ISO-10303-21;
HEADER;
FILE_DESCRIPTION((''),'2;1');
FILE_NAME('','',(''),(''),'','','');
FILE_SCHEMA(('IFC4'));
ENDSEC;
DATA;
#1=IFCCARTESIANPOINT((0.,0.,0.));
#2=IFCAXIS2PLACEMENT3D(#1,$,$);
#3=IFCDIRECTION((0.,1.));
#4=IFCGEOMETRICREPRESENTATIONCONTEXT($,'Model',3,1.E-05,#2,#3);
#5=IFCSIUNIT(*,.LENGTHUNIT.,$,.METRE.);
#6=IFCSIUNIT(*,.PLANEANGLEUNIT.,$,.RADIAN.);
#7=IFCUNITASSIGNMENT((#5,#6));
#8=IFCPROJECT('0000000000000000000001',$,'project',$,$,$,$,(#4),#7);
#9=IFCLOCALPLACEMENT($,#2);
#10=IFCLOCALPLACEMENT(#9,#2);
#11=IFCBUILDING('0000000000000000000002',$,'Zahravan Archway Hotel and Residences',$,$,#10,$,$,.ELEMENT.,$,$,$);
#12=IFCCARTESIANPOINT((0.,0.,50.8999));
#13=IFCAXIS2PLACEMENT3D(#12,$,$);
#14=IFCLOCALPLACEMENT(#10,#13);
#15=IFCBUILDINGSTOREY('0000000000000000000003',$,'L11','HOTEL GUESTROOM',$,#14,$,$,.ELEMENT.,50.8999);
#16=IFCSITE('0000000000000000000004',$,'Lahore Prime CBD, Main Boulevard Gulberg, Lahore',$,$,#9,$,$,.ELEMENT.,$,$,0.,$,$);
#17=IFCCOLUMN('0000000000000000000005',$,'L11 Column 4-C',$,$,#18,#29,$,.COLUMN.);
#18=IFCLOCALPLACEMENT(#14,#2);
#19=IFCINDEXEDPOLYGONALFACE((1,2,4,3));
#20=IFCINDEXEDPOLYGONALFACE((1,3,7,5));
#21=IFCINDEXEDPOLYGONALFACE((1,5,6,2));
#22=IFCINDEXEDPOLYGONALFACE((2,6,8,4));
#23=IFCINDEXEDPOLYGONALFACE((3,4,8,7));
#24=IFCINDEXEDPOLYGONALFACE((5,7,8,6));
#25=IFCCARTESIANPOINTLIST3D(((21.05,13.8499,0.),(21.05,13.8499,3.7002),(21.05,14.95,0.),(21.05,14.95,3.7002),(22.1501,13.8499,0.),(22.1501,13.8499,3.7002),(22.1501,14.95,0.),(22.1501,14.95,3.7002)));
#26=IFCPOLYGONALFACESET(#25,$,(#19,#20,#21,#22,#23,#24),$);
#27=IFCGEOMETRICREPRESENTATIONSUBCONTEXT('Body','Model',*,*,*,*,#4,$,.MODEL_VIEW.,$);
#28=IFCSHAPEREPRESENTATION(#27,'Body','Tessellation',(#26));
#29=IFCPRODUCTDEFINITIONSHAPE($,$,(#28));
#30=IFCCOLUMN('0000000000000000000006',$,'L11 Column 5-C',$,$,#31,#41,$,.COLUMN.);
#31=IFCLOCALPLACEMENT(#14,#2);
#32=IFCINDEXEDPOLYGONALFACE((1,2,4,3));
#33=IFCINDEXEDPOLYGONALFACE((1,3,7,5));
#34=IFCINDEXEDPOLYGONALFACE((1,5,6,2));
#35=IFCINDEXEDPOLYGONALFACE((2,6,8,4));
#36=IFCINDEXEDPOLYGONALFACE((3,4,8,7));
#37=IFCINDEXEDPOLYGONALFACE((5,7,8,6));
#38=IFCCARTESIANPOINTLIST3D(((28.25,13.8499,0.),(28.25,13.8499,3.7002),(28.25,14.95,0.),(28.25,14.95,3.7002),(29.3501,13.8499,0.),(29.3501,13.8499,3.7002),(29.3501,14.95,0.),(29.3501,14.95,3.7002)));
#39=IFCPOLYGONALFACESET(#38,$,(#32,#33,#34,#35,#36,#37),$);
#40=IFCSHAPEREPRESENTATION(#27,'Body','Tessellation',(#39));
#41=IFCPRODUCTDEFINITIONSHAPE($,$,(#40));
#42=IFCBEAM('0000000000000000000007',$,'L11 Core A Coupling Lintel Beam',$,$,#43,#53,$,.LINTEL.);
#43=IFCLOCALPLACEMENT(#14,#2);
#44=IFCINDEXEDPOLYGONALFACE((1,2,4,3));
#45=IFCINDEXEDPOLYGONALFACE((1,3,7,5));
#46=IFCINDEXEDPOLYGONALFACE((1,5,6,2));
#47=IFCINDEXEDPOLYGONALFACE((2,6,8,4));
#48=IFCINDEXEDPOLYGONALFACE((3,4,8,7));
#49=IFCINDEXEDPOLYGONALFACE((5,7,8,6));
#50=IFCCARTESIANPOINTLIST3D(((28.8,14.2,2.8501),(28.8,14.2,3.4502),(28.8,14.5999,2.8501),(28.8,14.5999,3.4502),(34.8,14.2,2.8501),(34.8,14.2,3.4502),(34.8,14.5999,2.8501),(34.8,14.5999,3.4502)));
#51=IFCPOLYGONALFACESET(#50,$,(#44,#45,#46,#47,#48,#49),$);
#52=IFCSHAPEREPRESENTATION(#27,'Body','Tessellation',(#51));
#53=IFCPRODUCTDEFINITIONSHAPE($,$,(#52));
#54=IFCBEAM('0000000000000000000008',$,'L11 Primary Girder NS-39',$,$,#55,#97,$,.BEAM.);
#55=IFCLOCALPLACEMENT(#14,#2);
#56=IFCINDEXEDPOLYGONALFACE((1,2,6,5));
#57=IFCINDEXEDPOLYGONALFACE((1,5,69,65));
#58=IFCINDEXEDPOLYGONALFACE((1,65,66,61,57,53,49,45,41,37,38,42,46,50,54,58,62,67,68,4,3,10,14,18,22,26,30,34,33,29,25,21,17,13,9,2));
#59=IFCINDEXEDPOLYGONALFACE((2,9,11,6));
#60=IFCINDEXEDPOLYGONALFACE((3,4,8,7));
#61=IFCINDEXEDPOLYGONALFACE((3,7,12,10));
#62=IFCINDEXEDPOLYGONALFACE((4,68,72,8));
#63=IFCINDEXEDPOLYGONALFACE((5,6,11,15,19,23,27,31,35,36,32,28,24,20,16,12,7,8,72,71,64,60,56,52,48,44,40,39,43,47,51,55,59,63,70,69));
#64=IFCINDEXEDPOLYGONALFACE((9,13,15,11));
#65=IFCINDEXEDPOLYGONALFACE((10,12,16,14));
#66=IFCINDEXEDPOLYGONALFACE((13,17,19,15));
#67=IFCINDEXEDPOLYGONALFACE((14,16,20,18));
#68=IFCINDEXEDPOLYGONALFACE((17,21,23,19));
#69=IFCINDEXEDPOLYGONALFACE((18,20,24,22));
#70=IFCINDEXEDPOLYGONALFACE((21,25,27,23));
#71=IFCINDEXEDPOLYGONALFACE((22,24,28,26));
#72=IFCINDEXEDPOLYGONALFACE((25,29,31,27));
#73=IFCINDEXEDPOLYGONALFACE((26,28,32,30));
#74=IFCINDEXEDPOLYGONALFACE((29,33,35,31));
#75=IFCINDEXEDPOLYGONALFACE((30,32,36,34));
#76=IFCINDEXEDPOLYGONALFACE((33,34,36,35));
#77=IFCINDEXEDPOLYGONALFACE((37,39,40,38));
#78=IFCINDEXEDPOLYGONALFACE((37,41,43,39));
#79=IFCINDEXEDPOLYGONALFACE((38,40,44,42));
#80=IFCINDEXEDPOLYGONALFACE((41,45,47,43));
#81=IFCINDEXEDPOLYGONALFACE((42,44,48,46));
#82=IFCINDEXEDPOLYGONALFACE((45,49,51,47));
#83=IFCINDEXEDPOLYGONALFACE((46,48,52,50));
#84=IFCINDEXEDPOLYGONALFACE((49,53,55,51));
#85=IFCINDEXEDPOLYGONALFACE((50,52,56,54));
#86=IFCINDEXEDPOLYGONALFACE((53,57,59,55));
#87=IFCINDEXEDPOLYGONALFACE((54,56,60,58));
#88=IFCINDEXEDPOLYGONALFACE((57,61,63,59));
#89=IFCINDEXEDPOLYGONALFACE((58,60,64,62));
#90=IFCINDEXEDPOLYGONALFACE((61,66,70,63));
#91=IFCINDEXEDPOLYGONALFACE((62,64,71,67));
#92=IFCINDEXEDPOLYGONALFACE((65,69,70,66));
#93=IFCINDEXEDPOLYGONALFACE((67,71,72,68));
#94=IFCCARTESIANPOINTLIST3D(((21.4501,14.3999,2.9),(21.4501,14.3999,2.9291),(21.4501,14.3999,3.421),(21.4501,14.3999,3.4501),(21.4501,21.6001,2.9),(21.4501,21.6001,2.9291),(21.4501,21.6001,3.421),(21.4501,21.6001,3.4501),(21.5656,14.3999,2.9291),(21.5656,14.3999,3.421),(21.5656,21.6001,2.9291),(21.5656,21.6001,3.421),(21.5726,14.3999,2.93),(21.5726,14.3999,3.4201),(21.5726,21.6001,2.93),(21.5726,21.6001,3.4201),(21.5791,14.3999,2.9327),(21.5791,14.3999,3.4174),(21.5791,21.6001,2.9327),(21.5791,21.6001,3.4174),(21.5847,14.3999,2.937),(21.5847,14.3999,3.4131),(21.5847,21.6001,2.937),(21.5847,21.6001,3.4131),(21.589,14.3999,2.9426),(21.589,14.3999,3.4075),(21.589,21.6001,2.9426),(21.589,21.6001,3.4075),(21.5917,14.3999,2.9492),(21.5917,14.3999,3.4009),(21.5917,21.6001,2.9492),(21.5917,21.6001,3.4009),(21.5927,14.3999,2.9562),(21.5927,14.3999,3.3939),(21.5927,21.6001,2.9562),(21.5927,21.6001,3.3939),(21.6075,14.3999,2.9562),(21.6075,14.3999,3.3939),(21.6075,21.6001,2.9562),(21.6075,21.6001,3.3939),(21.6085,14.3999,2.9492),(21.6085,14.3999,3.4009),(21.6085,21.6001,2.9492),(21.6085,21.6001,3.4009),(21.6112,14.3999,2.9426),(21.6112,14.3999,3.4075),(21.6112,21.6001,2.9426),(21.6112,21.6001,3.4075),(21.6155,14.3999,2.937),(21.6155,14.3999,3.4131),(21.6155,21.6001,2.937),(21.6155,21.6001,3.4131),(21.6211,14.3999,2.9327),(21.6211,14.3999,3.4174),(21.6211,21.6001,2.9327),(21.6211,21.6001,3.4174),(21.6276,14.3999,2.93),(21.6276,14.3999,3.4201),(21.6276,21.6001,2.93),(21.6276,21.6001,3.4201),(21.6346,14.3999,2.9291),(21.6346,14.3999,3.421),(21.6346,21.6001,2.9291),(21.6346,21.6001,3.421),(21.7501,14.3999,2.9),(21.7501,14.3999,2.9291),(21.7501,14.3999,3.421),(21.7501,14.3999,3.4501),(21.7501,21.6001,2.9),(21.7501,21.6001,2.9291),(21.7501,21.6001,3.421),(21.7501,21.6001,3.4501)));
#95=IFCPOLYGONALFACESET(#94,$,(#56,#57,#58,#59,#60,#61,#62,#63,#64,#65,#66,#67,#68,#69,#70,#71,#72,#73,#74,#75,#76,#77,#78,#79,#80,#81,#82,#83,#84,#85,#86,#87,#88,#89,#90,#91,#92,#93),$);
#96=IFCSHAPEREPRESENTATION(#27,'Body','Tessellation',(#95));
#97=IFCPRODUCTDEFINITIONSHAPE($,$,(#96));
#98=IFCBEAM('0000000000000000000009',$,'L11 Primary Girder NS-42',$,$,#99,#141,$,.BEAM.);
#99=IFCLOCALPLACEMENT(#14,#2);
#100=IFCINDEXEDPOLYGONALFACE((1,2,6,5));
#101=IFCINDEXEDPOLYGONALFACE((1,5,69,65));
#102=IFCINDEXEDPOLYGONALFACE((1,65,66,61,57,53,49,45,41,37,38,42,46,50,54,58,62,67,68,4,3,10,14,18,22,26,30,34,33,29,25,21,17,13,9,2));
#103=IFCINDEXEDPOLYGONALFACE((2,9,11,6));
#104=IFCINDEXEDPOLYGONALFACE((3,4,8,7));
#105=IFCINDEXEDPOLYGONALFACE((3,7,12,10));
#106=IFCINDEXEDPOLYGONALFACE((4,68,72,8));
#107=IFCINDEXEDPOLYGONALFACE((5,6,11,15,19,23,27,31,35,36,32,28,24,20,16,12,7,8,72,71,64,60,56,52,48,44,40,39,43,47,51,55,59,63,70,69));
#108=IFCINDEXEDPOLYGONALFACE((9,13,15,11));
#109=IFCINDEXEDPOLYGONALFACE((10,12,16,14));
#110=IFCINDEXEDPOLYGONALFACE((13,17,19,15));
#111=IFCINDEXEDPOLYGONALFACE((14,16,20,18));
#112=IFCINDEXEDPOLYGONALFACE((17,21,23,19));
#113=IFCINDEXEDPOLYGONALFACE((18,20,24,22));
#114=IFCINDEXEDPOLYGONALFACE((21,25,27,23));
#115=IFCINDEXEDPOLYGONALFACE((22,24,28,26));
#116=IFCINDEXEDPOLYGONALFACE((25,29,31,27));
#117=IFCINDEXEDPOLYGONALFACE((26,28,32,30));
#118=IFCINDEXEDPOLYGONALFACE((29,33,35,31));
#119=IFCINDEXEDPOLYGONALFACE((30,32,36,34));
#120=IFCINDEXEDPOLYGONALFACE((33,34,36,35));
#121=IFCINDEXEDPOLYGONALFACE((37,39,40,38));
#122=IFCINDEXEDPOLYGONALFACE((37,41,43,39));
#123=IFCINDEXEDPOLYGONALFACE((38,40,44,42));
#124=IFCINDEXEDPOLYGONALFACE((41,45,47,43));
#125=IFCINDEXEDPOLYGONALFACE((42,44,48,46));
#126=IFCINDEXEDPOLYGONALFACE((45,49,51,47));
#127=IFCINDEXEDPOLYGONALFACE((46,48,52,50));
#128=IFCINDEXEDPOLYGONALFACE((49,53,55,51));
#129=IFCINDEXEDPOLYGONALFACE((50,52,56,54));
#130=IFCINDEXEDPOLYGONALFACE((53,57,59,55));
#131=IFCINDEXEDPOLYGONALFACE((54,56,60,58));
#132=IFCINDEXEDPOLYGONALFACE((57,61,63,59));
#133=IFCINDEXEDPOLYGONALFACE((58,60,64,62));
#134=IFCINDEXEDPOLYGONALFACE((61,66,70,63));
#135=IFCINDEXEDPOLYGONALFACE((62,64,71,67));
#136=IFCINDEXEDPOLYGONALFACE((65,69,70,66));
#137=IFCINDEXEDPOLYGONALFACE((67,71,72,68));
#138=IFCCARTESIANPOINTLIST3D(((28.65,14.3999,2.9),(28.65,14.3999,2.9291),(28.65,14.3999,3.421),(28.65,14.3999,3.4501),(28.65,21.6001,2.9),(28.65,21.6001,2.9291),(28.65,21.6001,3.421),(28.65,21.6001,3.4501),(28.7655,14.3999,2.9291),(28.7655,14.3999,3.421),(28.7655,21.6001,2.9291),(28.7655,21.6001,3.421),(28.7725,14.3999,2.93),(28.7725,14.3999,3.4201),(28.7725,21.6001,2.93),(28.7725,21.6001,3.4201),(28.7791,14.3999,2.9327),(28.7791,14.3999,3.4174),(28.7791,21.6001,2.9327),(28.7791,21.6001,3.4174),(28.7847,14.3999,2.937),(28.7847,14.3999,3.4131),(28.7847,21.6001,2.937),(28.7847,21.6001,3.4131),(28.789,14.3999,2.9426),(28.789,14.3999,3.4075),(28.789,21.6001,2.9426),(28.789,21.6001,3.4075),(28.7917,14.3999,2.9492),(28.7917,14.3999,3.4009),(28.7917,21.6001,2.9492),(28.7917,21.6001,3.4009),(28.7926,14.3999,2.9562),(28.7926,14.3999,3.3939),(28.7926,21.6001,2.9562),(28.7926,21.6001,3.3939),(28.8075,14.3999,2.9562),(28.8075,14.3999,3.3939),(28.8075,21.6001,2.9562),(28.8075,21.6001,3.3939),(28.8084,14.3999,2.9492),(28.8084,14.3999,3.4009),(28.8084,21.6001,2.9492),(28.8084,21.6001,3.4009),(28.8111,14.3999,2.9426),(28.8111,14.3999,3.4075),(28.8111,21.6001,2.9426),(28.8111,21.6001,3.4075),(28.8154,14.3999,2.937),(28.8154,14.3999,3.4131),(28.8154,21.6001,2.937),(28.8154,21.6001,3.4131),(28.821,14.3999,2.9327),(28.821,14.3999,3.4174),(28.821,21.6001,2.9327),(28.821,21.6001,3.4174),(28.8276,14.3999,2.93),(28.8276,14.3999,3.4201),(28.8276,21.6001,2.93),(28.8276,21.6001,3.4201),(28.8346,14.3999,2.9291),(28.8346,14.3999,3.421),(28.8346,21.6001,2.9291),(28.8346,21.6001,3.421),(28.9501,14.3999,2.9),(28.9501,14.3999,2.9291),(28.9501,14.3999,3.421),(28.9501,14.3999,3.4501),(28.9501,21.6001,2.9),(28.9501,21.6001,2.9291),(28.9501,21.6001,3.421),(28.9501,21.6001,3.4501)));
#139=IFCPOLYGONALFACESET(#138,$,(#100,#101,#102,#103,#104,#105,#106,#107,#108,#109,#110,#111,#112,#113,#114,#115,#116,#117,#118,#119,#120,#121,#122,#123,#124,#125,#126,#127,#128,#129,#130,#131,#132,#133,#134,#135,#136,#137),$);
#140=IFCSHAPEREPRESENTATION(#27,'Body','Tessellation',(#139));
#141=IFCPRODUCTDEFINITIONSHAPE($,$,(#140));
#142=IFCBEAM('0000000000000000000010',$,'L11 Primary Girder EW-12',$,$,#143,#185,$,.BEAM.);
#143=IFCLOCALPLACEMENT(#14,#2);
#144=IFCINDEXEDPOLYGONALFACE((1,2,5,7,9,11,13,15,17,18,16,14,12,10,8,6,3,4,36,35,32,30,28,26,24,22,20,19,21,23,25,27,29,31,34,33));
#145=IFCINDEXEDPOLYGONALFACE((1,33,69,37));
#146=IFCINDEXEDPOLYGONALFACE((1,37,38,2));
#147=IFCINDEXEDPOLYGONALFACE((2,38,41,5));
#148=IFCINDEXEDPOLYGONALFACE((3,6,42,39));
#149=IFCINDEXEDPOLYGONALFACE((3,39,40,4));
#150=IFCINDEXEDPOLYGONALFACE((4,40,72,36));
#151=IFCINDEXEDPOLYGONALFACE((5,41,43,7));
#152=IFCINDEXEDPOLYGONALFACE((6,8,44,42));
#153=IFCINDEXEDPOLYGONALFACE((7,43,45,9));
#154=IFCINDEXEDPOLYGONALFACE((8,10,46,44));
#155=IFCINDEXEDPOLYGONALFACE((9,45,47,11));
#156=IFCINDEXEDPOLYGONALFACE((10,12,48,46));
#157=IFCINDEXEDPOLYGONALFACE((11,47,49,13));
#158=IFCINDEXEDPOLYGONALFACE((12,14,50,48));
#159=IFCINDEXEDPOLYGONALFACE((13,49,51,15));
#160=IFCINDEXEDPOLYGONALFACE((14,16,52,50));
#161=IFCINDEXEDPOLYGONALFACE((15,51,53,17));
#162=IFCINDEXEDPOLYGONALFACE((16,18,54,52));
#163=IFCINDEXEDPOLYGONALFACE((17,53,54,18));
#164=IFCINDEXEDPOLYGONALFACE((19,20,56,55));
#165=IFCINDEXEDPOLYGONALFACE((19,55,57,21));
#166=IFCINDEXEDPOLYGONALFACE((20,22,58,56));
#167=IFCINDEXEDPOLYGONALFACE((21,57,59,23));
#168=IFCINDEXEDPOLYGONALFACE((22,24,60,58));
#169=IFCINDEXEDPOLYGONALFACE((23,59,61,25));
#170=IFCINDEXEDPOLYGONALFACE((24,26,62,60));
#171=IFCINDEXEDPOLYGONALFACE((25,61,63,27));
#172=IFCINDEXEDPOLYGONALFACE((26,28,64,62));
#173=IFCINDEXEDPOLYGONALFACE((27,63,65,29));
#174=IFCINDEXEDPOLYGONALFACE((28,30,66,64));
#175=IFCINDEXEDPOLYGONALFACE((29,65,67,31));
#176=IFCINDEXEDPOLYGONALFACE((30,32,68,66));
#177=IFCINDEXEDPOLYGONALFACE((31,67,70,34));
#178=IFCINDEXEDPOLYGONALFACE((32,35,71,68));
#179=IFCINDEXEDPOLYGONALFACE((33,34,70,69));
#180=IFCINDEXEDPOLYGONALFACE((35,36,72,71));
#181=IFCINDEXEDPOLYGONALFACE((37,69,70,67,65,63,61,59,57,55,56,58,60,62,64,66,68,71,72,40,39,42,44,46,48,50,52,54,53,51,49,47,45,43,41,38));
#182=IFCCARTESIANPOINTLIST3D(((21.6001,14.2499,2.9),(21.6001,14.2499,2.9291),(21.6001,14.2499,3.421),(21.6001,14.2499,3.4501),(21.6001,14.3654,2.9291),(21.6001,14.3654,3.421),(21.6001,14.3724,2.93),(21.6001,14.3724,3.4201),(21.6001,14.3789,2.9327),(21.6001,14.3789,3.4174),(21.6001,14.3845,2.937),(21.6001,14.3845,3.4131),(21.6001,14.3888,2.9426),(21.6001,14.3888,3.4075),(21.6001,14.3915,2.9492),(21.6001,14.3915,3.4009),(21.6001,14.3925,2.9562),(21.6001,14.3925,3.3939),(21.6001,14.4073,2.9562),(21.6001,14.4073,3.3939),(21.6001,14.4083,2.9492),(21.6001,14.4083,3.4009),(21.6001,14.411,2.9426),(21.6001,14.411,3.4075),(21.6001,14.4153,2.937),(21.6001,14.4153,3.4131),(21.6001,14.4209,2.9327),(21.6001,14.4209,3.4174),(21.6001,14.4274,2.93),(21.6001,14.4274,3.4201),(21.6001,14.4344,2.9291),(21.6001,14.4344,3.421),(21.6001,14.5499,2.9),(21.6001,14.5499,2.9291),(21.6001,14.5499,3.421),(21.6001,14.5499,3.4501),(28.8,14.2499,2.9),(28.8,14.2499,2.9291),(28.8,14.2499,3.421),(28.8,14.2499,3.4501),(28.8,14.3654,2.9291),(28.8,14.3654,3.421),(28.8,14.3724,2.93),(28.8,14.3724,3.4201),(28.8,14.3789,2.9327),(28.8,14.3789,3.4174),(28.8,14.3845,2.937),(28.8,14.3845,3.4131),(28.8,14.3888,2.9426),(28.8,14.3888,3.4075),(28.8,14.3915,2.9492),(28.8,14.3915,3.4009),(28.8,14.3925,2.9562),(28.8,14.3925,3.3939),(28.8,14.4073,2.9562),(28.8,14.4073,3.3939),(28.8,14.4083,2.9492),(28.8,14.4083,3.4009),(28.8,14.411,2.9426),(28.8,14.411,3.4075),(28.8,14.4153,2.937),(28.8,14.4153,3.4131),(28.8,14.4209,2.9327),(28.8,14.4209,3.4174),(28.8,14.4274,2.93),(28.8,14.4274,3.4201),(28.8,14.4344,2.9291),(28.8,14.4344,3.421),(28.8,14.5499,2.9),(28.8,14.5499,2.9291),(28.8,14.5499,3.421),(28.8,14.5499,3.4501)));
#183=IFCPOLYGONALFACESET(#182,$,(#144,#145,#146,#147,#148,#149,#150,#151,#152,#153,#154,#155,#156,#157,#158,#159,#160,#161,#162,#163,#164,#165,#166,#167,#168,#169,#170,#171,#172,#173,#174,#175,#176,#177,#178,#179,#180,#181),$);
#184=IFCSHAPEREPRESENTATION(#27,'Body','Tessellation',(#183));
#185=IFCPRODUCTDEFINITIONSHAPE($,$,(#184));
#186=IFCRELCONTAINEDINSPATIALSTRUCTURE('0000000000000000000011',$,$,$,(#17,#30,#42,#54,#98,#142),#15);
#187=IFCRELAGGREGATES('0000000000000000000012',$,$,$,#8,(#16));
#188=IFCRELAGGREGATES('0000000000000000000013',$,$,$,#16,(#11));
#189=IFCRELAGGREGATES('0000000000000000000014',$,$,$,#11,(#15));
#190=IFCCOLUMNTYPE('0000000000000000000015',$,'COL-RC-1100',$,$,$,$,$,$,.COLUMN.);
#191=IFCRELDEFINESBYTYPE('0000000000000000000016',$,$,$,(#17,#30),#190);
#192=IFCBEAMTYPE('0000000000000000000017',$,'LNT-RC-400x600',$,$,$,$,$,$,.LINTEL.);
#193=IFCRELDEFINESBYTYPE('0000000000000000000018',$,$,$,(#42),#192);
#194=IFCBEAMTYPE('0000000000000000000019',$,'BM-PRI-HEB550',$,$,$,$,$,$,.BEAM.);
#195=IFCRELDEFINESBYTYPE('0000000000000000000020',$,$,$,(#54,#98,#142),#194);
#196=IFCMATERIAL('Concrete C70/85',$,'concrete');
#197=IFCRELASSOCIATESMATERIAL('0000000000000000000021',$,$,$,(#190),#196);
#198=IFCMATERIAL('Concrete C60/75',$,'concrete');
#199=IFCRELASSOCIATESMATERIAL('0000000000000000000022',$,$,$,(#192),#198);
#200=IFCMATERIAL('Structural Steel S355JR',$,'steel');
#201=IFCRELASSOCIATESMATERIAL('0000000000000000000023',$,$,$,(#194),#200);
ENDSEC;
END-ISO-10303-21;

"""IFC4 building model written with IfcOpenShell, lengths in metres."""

from ifc_helpers import new_model, si_unit, direction, frame, origin, origin_2d, place, context, subcontext, project, spatial, rectangle, i_section, extrude, source, transform, mapped, material, material_profile, profile_set, type_object, type_shapes, element, save


model = new_model("IFC4")

# Units and contexts
model_context = context("Model", 3, precision=1e-05, world=origin(), true_north=direction((0.0, 1.0)))
body_context = subcontext(model_context, "Body", "Model", "MODEL_VIEW")
ifc_project = project(units=[si_unit("LENGTHUNIT", "METRE"), si_unit("PLANEANGLEUNIT", "RADIAN")], contexts=[model_context])

# Site, building, storey
site_placement = place(None, origin())
site = spatial("IfcSite", under=ifc_project, at=site_placement, Name="Lahore Prime CBD, Main Boulevard Gulberg, Lahore", CompositionType="ELEMENT", RefElevation=0.0)
building_placement = place(site_placement, origin())
building = spatial("IfcBuilding", under=site, at=building_placement, Name="Zahravan Archway Hotel and Residences", CompositionType="ELEMENT")
storey_placement = place(building_placement, frame((0.0, 0.0, 50.8999)))
storey = spatial("IfcBuildingStorey", under=building, at=storey_placement, Name="L11", Description="HOTEL GUESTROOM", CompositionType="ELEMENT", Elevation=50.8999)

# Columns
ifc_material_1 = material(Name="Concrete C70/85", Category="concrete")
ifc_material_profile_1 = material_profile(ifc_material_1, rectangle(XDim=1.1001, YDim=1.1001, at=origin_2d()), Name="RC 1100x1100", Category="concrete")
ifc_profile_set_1 = profile_set([ifc_material_profile_1], Name="Concrete C70/85")
column_type = type_object("IfcColumnType", Name="COL-RC-1100", PredefinedType="COLUMN", material=ifc_profile_set_1)
shared_shape_1 = source(origin(), body_context, "Body", "SweptSolid", [
    extrude(rectangle(XDim=1.1001, YDim=1.1001, at=origin_2d()), origin(), (0.0, 0.0, 1.0), 3.7002),
])
for number, where, z_axis, x_axis, name in (
    (1, (21.6001, 14.3999, 0.0), (0.0, 0.0, 1.0), (1.0, 0.0, 0.0), "L11 Column 4-C"),
    (2, (28.8, 14.3999, 0.0), (0.0, 0.0, 1.0), (1.0, 0.0, 0.0), "L11 Column 5-C"),
):
    element("IfcColumn", number, at=place(storey_placement, frame(where, z_axis=z_axis, x_axis=x_axis)), inside=storey, type_object=column_type, Name=name, PredefinedType="COLUMN", context=body_context, shape_type="MappedRepresentation", body=[
        mapped(shared_shape_1, transform((0.0, 0.0, 0.0), scale=1.0)),
    ])

# Beams
ifc_material_2 = material(Name="Concrete C60/75", Category="concrete")
ifc_material_profile_2 = material_profile(ifc_material_2, rectangle(XDim=0.3999, YDim=0.6001, at=origin_2d()), Name="RC-LNT-400x600", Category="concrete")
ifc_profile_set_2 = profile_set([ifc_material_profile_2], Name="Concrete C60/75")
beam_type_1 = type_object("IfcBeamType", Name="LNT-RC-400x600", PredefinedType="LINTEL", material=ifc_profile_set_2)
shared_shape_2 = source(origin(), body_context, "Body", "SweptSolid", [
    extrude(rectangle(XDim=0.3999, YDim=0.6001, at=origin_2d()), origin(), (0.0, 0.0, 1.0), 6.0),
])
type_shapes(beam_type_1, [shared_shape_2])
beam_1_placement = place(storey_placement, frame((28.8, 14.3999, 3.1501), z_axis=(1.0, 0.0, 0.0), x_axis=(0.0, 1.0, 0.0)))
element("IfcBeam", 3, at=beam_1_placement, inside=storey, type_object=beam_type_1, Name="L11 Core A Coupling Lintel Beam", PredefinedType="LINTEL", context=body_context, shape_type="MappedRepresentation", body=[
    mapped(shared_shape_2, transform((0.0, 0.0, 0.0), scale=1.0)),
])
ifc_material_3 = material(Name="Structural Steel S355JR", Category="steel")
ifc_material_profile_3 = material_profile(ifc_material_3, i_section(OverallWidth=0.3, OverallDepth=0.55, WebThickness=0.0149, FlangeThickness=0.0291, FilletRadius=0.0271, at=origin_2d()), Name="HEB 550", Category="steel")
ifc_profile_set_3 = profile_set([ifc_material_profile_3], Name="Structural Steel S355JR")
beam_type_2 = type_object("IfcBeamType", Name="BM-PRI-HEB550", PredefinedType="BEAM", material=ifc_profile_set_3)
shared_shape_3 = source(origin(), body_context, "Body", "SweptSolid", [
    extrude(i_section(OverallWidth=0.3, OverallDepth=0.55, WebThickness=0.0149, FlangeThickness=0.0291, FilletRadius=0.0271, at=origin_2d()), origin(), (0.0, 0.0, 1.0), 7.2002),
])
type_shapes(beam_type_2, [shared_shape_3])
for number, where, z_axis, x_axis, name in (
    (4, (21.6001, 14.3999, 3.175), (0.0, 1.0, 0.0), (-1.0, 0.0, 0.0), "L11 Primary Girder NS-39"),
    (5, (28.8, 14.3999, 3.175), (0.0, 1.0, 0.0), (-1.0, 0.0, 0.0), "L11 Primary Girder NS-42"),
):
    element("IfcBeam", number, at=place(storey_placement, frame(where, z_axis=z_axis, x_axis=x_axis)), inside=storey, type_object=beam_type_2, Name=name, PredefinedType="BEAM", context=body_context, shape_type="MappedRepresentation", body=[
        mapped(shared_shape_3, transform((0.0, 0.0, 0.0), scale=1.0)),
    ])
shared_shape_4 = source(origin(), body_context, "Body", "SweptSolid", [
    extrude(i_section(OverallWidth=0.3, OverallDepth=0.55, WebThickness=0.0149, FlangeThickness=0.0291, FilletRadius=0.0271, at=origin_2d()), origin(), (0.0, 0.0, 1.0), 7.2),
])
beam_2_placement = place(storey_placement, frame((21.6001, 14.3999, 3.175), z_axis=(1.0, 0.0, 0.0), x_axis=(0.0, 1.0, 0.0)))
element("IfcBeam", 6, at=beam_2_placement, inside=storey, type_object=beam_type_2, Name="L11 Primary Girder EW-12", PredefinedType="BEAM", context=body_context, shape_type="MappedRepresentation", body=[
    mapped(shared_shape_4, transform((0.0, 0.0, 0.0), scale=1.0)),
])

save(model, "model.ifc")
